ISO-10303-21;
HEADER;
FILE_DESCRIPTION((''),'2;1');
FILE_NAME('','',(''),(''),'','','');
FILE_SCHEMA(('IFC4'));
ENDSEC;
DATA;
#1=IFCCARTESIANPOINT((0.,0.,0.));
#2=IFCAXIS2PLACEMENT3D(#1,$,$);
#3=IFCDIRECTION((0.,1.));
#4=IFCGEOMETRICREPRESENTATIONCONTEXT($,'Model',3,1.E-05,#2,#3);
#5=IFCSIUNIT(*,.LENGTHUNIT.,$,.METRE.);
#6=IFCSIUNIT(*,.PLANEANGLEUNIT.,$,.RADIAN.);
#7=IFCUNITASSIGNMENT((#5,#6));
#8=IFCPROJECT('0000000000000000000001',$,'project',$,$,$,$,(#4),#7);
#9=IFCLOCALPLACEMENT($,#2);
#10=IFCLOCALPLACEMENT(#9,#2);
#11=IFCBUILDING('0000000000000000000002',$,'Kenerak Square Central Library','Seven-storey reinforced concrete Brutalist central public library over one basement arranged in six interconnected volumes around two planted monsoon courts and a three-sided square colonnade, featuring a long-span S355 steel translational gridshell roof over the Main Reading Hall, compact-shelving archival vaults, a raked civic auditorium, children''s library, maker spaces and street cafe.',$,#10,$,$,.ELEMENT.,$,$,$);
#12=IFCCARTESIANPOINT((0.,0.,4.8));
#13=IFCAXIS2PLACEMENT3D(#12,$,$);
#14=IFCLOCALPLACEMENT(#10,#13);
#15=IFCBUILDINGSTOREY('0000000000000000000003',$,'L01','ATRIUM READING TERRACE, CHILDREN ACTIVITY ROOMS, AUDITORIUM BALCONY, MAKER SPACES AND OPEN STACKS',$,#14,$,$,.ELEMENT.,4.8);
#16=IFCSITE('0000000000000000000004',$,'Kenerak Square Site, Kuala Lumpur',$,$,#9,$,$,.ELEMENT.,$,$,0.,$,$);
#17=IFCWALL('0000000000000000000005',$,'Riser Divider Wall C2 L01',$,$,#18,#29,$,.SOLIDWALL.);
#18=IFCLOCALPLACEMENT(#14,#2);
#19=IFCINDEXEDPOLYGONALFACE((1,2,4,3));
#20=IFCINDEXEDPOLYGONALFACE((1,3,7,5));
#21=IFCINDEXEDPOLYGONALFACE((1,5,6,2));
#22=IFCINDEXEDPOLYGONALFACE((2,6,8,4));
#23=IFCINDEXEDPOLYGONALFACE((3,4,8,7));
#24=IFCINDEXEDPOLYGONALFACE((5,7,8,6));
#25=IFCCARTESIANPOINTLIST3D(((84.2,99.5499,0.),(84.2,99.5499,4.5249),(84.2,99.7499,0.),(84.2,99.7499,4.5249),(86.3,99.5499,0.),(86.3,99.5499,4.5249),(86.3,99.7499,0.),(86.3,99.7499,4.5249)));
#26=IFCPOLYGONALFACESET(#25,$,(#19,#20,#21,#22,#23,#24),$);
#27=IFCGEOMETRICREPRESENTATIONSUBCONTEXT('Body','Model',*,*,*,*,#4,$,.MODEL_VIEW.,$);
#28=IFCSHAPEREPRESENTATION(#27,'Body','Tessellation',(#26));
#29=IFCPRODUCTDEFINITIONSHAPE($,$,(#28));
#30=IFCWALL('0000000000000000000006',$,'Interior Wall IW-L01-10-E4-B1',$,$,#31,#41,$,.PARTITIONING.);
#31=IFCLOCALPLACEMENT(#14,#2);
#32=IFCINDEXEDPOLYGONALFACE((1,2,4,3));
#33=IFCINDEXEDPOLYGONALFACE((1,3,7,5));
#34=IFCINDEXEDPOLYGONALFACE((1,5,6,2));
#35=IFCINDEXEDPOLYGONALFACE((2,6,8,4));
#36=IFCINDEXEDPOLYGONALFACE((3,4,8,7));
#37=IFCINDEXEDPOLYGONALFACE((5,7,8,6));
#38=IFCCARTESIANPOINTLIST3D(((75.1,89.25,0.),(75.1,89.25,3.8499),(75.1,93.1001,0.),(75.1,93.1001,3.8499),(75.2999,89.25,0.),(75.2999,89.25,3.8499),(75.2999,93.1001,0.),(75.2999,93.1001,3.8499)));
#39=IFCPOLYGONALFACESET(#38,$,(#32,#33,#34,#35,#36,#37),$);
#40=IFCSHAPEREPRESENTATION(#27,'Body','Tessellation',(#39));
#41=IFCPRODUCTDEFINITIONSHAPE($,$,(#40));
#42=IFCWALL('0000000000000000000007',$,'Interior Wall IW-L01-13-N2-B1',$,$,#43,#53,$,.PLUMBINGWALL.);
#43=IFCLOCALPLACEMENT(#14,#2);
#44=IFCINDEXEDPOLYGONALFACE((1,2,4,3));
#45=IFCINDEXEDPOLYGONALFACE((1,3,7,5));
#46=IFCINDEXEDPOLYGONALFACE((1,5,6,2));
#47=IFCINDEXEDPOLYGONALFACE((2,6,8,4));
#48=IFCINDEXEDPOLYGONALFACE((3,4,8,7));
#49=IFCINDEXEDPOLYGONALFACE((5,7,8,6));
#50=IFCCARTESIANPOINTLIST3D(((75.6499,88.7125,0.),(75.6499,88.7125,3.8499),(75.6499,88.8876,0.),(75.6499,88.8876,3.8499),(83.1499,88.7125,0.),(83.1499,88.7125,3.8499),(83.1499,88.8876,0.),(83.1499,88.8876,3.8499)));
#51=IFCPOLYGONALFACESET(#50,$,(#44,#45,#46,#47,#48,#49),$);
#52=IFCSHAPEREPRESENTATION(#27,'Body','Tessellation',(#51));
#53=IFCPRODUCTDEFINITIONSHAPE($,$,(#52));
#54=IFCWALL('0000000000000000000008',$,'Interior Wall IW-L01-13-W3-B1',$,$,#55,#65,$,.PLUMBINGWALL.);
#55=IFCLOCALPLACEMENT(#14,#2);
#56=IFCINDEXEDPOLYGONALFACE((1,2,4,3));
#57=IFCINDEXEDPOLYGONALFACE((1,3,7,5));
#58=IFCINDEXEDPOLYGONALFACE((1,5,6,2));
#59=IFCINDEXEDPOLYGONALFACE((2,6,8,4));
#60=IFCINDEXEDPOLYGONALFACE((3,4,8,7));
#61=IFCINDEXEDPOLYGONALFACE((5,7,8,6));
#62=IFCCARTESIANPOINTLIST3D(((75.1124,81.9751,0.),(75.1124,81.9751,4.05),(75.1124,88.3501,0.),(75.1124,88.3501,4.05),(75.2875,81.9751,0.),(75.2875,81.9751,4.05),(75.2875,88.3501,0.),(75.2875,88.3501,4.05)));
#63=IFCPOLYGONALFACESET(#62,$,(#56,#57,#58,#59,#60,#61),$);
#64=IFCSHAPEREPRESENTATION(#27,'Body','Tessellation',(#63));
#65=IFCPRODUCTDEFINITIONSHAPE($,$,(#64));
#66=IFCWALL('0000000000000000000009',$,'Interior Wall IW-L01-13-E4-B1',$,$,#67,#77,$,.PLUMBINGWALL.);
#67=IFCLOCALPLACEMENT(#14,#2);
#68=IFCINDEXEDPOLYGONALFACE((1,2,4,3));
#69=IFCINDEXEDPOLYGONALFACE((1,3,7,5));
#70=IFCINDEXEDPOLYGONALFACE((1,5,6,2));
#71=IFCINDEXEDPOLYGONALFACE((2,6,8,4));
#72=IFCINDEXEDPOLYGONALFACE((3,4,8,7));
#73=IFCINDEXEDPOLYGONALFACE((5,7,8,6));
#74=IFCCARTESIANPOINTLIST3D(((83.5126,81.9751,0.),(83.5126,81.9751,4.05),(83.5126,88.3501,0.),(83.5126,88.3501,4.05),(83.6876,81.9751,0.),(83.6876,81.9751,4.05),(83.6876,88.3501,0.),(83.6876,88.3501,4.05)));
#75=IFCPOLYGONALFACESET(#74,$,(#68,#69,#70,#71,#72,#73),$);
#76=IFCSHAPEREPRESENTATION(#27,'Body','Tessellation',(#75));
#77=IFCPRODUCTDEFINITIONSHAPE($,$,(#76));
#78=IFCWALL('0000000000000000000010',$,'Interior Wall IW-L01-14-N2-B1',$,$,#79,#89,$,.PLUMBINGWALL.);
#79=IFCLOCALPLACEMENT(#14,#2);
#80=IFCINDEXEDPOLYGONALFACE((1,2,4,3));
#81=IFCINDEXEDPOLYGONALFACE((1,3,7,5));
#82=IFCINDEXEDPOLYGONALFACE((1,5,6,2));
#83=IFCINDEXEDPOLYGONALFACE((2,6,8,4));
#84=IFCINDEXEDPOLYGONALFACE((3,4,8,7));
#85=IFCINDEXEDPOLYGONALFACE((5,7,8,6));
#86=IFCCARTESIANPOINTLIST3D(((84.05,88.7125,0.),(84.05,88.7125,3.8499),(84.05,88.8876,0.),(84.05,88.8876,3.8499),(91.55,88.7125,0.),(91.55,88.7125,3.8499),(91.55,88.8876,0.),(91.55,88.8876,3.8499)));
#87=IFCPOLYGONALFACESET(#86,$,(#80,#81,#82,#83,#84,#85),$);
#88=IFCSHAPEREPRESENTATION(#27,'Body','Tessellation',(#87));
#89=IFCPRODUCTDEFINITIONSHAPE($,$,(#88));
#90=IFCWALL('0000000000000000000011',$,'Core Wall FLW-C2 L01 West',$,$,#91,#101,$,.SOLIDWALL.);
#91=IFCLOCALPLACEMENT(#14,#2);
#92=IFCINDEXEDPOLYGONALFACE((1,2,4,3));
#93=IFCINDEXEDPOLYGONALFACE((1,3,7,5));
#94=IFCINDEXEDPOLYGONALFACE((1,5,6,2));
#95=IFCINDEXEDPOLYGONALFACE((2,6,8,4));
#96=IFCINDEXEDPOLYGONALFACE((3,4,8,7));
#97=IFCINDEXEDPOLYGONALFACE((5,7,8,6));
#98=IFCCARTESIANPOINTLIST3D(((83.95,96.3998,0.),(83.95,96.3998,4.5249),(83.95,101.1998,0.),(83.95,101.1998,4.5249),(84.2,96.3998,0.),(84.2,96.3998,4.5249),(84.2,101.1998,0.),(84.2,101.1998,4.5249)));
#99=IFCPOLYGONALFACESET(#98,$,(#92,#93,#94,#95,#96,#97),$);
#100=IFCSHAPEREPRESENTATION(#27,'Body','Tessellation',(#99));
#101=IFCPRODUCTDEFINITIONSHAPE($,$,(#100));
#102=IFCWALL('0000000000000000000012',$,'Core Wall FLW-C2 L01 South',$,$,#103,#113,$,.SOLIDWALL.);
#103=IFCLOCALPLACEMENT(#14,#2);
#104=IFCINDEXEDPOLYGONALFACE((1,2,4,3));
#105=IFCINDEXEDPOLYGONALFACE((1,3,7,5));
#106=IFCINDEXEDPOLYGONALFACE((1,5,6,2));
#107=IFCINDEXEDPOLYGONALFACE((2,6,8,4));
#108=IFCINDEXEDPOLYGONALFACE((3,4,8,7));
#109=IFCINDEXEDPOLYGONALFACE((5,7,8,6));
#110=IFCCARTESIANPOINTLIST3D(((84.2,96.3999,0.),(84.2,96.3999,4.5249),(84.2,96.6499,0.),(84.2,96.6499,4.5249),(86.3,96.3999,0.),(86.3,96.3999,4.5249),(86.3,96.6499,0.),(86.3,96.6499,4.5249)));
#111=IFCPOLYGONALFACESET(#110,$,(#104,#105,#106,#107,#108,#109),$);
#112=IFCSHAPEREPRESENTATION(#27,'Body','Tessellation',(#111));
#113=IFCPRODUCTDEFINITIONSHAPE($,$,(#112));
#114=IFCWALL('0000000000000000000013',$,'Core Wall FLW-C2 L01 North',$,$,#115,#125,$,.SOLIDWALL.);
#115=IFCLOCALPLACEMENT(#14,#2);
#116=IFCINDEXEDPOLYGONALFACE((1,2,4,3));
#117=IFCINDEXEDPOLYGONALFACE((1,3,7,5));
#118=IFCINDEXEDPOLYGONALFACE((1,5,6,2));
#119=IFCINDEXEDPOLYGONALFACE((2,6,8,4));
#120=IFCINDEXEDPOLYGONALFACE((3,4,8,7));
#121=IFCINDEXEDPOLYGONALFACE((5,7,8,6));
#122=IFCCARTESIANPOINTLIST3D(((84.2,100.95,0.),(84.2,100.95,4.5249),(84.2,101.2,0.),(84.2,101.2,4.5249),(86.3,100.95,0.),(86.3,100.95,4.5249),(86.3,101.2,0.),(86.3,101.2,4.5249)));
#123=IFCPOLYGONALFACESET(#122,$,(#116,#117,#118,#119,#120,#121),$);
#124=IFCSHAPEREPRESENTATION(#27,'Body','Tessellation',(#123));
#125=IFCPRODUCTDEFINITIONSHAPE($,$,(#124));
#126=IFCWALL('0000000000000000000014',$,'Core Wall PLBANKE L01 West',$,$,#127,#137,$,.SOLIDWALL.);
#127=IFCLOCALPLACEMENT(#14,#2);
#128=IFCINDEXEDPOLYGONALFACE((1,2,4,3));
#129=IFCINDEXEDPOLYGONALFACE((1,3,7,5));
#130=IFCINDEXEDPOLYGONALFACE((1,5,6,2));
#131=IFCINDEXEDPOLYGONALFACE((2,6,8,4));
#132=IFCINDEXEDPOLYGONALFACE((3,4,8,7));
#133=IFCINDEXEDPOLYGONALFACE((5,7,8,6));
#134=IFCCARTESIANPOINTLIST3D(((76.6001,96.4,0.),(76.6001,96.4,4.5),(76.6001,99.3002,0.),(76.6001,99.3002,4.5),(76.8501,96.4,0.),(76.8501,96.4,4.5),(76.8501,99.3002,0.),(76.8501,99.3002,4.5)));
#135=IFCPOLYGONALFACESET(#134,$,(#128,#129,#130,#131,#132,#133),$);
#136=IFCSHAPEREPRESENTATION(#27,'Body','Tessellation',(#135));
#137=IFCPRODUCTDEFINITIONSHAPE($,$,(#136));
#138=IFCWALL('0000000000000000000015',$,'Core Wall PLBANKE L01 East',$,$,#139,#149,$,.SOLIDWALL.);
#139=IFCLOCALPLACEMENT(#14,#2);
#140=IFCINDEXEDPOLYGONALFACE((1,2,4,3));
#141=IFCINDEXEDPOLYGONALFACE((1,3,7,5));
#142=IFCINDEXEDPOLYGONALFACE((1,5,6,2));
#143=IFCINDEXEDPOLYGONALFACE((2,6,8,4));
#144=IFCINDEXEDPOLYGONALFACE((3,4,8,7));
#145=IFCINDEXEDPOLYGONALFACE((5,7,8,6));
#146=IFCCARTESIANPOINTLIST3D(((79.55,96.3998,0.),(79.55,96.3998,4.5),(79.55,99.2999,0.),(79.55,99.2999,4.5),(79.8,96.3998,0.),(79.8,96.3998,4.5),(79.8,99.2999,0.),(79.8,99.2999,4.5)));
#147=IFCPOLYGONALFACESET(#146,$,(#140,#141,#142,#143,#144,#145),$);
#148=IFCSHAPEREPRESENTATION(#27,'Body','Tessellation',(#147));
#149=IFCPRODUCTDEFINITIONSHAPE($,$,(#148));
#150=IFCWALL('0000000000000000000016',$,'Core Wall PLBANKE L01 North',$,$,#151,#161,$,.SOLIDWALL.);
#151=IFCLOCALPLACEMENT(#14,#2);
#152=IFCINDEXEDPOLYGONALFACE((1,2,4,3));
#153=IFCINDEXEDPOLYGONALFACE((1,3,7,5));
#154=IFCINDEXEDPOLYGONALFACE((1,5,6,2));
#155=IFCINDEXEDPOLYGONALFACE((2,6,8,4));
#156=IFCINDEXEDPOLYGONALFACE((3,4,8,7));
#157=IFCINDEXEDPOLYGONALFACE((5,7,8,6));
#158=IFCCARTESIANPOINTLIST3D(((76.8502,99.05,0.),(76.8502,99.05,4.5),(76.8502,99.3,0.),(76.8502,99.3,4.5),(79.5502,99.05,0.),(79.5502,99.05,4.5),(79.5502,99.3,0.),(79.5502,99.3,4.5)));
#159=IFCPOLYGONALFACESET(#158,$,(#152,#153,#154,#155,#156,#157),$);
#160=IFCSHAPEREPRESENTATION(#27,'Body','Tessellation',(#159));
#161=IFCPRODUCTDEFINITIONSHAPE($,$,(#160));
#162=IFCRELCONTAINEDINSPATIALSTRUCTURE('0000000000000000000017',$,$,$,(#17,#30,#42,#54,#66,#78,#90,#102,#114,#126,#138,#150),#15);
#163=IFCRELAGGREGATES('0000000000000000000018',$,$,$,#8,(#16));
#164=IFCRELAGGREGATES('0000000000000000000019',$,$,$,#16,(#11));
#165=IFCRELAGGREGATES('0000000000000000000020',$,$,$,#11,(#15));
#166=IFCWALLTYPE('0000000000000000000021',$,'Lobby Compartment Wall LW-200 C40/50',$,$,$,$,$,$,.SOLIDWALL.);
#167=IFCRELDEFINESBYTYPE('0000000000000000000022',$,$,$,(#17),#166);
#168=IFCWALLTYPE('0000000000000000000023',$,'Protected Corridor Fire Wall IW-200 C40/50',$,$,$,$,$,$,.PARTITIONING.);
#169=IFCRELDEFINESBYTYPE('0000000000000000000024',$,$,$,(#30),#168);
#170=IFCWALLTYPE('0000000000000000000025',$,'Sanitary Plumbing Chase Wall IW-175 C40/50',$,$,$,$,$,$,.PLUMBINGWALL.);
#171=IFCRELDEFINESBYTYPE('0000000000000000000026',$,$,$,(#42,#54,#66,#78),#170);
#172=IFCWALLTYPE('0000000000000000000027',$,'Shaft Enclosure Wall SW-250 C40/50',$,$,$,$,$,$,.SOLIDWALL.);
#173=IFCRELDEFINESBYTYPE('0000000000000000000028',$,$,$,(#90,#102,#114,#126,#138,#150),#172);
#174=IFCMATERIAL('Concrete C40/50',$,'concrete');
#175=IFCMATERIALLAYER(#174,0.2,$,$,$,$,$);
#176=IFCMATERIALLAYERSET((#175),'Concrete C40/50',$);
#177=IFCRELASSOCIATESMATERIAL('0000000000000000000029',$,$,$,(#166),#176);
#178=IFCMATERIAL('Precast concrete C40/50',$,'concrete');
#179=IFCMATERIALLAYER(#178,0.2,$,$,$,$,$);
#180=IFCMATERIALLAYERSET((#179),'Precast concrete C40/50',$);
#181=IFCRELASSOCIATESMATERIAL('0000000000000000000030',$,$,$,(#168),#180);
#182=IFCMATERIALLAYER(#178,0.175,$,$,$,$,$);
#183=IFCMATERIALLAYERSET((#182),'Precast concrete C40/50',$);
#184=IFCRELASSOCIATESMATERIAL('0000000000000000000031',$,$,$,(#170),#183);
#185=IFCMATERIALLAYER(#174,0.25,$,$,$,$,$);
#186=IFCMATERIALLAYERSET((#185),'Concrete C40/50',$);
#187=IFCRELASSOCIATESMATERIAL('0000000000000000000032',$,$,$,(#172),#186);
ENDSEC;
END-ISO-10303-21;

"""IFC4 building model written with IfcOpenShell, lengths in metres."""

from ifc_helpers import new_model, si_unit, direction, frame, frame_2d, origin, place, context, subcontext, project, spatial, rectangle, extrude, material, layer, layer_set, type_object, element, save


model = new_model("IFC4")

# Units and contexts
model_context = context("Model", 3, precision=1e-05, world=origin(), true_north=direction((0.0, 1.0)))
body_context = subcontext(model_context, "Body", "Model", "MODEL_VIEW")
ifc_project = project(units=[si_unit("LENGTHUNIT", "METRE"), si_unit("PLANEANGLEUNIT", "RADIAN")], contexts=[model_context])

# Site, building, storey
site_placement = place(None, origin())
site = spatial("IfcSite", under=ifc_project, at=site_placement, Name="Kenerak Square Site, Kuala Lumpur", CompositionType="ELEMENT", RefElevation=0.0)
building_placement = place(site_placement, origin())
building = spatial("IfcBuilding", under=site, at=building_placement, Name="Kenerak Square Central Library", Description="Seven-storey reinforced concrete Brutalist central public library over one basement arranged in six interconnected volumes around two planted monsoon courts and a three-sided square colonnade, featuring a long-span S355 steel translational gridshell roof over the Main Reading Hall, compact-shelving archival vaults, a raked civic auditorium, children's library, maker spaces and street cafe.", CompositionType="ELEMENT")
storey_placement = place(building_placement, frame((0.0, 0.0, 4.8)))
storey = spatial("IfcBuildingStorey", under=building, at=storey_placement, Name="L01", Description="ATRIUM READING TERRACE, CHILDREN ACTIVITY ROOMS, AUDITORIUM BALCONY, MAKER SPACES AND OPEN STACKS", CompositionType="ELEMENT", Elevation=4.8)

# Shared definitions
ifc_material_1 = material(Name="Concrete C40/50", Category="concrete")

# Walls
ifc_layer_1 = layer(ifc_material_1, 0.2)
ifc_layer_set_1 = layer_set([ifc_layer_1], Name="Concrete C40/50")
wall_type_1 = type_object("IfcWallType", Name="Lobby Compartment Wall LW-200 C40/50", PredefinedType="SOLIDWALL", material=ifc_layer_set_1)
wall_1_placement = place(storey_placement, frame((84.2, 99.6499, 0.0), z_axis=(0.0, 0.0, 1.0), x_axis=(1.0, 0.0, 0.0)))
element("IfcWall", 1, at=wall_1_placement, inside=storey, type_object=wall_type_1, Name="Riser Divider Wall C2 L01", PredefinedType="SOLIDWALL", context=body_context, shape_type="SweptSolid", body=[
    extrude(rectangle(XDim=2.1001, YDim=0.2, at=frame_2d((1.05, 0.0))), origin(), (0.0, 0.0, 1.0), 4.5249),
])
ifc_material_2 = material(Name="Precast concrete C40/50", Category="concrete")
ifc_layer_2 = layer(ifc_material_2, 0.2)
ifc_layer_set_2 = layer_set([ifc_layer_2], Name="Precast concrete C40/50")
wall_type_2 = type_object("IfcWallType", Name="Protected Corridor Fire Wall IW-200 C40/50", PredefinedType="PARTITIONING", material=ifc_layer_set_2)
wall_2_placement = place(storey_placement, frame((75.2, 93.1001, 0.0), z_axis=(0.0, 0.0, 1.0), x_axis=(0.0, -1.0, 0.0)))
element("IfcWall", 2, at=wall_2_placement, inside=storey, type_object=wall_type_2, Name="Interior Wall IW-L01-10-E4-B1", PredefinedType="PARTITIONING", context=body_context, shape_type="SweptSolid", body=[
    extrude(rectangle(XDim=3.8501, YDim=0.2, at=frame_2d((1.925, 0.0))), origin(), (0.0, 0.0, 1.0), 3.8499),
])
ifc_layer_3 = layer(ifc_material_2, 0.175)
ifc_layer_set_3 = layer_set([ifc_layer_3], Name="Precast concrete C40/50")
wall_type_3 = type_object("IfcWallType", Name="Sanitary Plumbing Chase Wall IW-175 C40/50", PredefinedType="PLUMBINGWALL", material=ifc_layer_set_3)
wall_3_placement = place(storey_placement, frame((75.6499, 88.8, 0.0), z_axis=(0.0, 0.0, 1.0), x_axis=(1.0, 0.0, 0.0)))
element("IfcWall", 3, at=wall_3_placement, inside=storey, type_object=wall_type_3, Name="Interior Wall IW-L01-13-N2-B1", PredefinedType="PLUMBINGWALL", context=body_context, shape_type="SweptSolid", body=[
    extrude(rectangle(XDim=7.5, YDim=0.175, at=frame_2d((3.75, 0.0))), origin(), (0.0, 0.0, 1.0), 3.8499),
])
for number, where, z_axis, x_axis, name in (
    (4, (75.2, 81.9751, 0.0), (0.0, 0.0, 1.0), (0.0, 1.0, 0.0), "Interior Wall IW-L01-13-W3-B1"),
    (5, (83.6001, 88.3501, 0.0), (0.0, 0.0, 1.0), (0.0, -1.0, 0.0), "Interior Wall IW-L01-13-E4-B1"),
):
    element("IfcWall", number, at=place(storey_placement, frame(where, z_axis=z_axis, x_axis=x_axis)), inside=storey, type_object=wall_type_3, Name=name, PredefinedType="PLUMBINGWALL", context=body_context, shape_type="SweptSolid", body=[
        extrude(rectangle(XDim=6.375, YDim=0.175, at=frame_2d((3.1875, 0.0))), origin(), (0.0, 0.0, 1.0), 4.05),
    ])
wall_4_placement = place(storey_placement, frame((84.05, 88.8, 0.0), z_axis=(0.0, 0.0, 1.0), x_axis=(1.0, 0.0, 0.0)))
element("IfcWall", 6, at=wall_4_placement, inside=storey, type_object=wall_type_3, Name="Interior Wall IW-L01-14-N2-B1", PredefinedType="PLUMBINGWALL", context=body_context, shape_type="SweptSolid", body=[
    extrude(rectangle(XDim=7.5, YDim=0.175, at=frame_2d((3.75, 0.0))), origin(), (0.0, 0.0, 1.0), 3.8499),
])
ifc_layer_4 = layer(ifc_material_1, 0.25)
ifc_layer_set_4 = layer_set([ifc_layer_4], Name="Concrete C40/50")
wall_type_4 = type_object("IfcWallType", Name="Shaft Enclosure Wall SW-250 C40/50", PredefinedType="SOLIDWALL", material=ifc_layer_set_4)
wall_5_placement = place(storey_placement, frame((84.075, 96.3999, 0.0), z_axis=(0.0, 0.0, 1.0), x_axis=(0.0, 1.0, 0.0)))
element("IfcWall", 7, at=wall_5_placement, inside=storey, type_object=wall_type_4, Name="Core Wall FLW-C2 L01 West", PredefinedType="SOLIDWALL", context=body_context, shape_type="SweptSolid", body=[
    extrude(rectangle(XDim=4.8, YDim=0.25, at=frame_2d((2.3999, 0.0))), origin(), (0.0, 0.0, 1.0), 4.5249),
])
for number, where, z_axis, x_axis, name in (
    (8, (86.3, 96.5249, 0.0), (0.0, 0.0, 1.0), (-1.0, 0.0, 0.0), "Core Wall FLW-C2 L01 South"),
    (9, (84.2, 101.075, 0.0), (0.0, 0.0, 1.0), (1.0, 0.0, 0.0), "Core Wall FLW-C2 L01 North"),
):
    element("IfcWall", number, at=place(storey_placement, frame(where, z_axis=z_axis, x_axis=x_axis)), inside=storey, type_object=wall_type_4, Name=name, PredefinedType="SOLIDWALL", context=body_context, shape_type="SweptSolid", body=[
        extrude(rectangle(XDim=2.1001, YDim=0.25, at=frame_2d((1.05, 0.0))), origin(), (0.0, 0.0, 1.0), 4.5249),
    ])
for number, where, z_axis, x_axis, name in (
    (10, (76.7251, 96.3999, 0.0), (0.0, 0.0, 1.0), (0.0, 1.0, 0.0), "Core Wall PLBANKE L01 West"),
    (11, (79.675, 99.3, 0.0), (0.0, 0.0, 1.0), (0.0, -1.0, 0.0), "Core Wall PLBANKE L01 East"),
):
    element("IfcWall", number, at=place(storey_placement, frame(where, z_axis=z_axis, x_axis=x_axis)), inside=storey, type_object=wall_type_4, Name=name, PredefinedType="SOLIDWALL", context=body_context, shape_type="SweptSolid", body=[
        extrude(rectangle(XDim=2.9001, YDim=0.25, at=frame_2d((1.4502, 0.0))), origin(), (0.0, 0.0, 1.0), 4.5),
    ])

# Wall
wall_6_placement = place(storey_placement, frame((76.8501, 99.175, 0.0), z_axis=(0.0, 0.0, 1.0), x_axis=(1.0, 0.0, 0.0)))
element("IfcWall", 12, at=wall_6_placement, inside=storey, type_object=wall_type_4, Name="Core Wall PLBANKE L01 North", PredefinedType="SOLIDWALL", context=body_context, shape_type="SweptSolid", body=[
    extrude(rectangle(XDim=2.7, YDim=0.25, at=frame_2d((1.3501, 0.0))), origin(), (0.0, 0.0, 1.0), 4.5),
])

save(model, "model.ifc")
